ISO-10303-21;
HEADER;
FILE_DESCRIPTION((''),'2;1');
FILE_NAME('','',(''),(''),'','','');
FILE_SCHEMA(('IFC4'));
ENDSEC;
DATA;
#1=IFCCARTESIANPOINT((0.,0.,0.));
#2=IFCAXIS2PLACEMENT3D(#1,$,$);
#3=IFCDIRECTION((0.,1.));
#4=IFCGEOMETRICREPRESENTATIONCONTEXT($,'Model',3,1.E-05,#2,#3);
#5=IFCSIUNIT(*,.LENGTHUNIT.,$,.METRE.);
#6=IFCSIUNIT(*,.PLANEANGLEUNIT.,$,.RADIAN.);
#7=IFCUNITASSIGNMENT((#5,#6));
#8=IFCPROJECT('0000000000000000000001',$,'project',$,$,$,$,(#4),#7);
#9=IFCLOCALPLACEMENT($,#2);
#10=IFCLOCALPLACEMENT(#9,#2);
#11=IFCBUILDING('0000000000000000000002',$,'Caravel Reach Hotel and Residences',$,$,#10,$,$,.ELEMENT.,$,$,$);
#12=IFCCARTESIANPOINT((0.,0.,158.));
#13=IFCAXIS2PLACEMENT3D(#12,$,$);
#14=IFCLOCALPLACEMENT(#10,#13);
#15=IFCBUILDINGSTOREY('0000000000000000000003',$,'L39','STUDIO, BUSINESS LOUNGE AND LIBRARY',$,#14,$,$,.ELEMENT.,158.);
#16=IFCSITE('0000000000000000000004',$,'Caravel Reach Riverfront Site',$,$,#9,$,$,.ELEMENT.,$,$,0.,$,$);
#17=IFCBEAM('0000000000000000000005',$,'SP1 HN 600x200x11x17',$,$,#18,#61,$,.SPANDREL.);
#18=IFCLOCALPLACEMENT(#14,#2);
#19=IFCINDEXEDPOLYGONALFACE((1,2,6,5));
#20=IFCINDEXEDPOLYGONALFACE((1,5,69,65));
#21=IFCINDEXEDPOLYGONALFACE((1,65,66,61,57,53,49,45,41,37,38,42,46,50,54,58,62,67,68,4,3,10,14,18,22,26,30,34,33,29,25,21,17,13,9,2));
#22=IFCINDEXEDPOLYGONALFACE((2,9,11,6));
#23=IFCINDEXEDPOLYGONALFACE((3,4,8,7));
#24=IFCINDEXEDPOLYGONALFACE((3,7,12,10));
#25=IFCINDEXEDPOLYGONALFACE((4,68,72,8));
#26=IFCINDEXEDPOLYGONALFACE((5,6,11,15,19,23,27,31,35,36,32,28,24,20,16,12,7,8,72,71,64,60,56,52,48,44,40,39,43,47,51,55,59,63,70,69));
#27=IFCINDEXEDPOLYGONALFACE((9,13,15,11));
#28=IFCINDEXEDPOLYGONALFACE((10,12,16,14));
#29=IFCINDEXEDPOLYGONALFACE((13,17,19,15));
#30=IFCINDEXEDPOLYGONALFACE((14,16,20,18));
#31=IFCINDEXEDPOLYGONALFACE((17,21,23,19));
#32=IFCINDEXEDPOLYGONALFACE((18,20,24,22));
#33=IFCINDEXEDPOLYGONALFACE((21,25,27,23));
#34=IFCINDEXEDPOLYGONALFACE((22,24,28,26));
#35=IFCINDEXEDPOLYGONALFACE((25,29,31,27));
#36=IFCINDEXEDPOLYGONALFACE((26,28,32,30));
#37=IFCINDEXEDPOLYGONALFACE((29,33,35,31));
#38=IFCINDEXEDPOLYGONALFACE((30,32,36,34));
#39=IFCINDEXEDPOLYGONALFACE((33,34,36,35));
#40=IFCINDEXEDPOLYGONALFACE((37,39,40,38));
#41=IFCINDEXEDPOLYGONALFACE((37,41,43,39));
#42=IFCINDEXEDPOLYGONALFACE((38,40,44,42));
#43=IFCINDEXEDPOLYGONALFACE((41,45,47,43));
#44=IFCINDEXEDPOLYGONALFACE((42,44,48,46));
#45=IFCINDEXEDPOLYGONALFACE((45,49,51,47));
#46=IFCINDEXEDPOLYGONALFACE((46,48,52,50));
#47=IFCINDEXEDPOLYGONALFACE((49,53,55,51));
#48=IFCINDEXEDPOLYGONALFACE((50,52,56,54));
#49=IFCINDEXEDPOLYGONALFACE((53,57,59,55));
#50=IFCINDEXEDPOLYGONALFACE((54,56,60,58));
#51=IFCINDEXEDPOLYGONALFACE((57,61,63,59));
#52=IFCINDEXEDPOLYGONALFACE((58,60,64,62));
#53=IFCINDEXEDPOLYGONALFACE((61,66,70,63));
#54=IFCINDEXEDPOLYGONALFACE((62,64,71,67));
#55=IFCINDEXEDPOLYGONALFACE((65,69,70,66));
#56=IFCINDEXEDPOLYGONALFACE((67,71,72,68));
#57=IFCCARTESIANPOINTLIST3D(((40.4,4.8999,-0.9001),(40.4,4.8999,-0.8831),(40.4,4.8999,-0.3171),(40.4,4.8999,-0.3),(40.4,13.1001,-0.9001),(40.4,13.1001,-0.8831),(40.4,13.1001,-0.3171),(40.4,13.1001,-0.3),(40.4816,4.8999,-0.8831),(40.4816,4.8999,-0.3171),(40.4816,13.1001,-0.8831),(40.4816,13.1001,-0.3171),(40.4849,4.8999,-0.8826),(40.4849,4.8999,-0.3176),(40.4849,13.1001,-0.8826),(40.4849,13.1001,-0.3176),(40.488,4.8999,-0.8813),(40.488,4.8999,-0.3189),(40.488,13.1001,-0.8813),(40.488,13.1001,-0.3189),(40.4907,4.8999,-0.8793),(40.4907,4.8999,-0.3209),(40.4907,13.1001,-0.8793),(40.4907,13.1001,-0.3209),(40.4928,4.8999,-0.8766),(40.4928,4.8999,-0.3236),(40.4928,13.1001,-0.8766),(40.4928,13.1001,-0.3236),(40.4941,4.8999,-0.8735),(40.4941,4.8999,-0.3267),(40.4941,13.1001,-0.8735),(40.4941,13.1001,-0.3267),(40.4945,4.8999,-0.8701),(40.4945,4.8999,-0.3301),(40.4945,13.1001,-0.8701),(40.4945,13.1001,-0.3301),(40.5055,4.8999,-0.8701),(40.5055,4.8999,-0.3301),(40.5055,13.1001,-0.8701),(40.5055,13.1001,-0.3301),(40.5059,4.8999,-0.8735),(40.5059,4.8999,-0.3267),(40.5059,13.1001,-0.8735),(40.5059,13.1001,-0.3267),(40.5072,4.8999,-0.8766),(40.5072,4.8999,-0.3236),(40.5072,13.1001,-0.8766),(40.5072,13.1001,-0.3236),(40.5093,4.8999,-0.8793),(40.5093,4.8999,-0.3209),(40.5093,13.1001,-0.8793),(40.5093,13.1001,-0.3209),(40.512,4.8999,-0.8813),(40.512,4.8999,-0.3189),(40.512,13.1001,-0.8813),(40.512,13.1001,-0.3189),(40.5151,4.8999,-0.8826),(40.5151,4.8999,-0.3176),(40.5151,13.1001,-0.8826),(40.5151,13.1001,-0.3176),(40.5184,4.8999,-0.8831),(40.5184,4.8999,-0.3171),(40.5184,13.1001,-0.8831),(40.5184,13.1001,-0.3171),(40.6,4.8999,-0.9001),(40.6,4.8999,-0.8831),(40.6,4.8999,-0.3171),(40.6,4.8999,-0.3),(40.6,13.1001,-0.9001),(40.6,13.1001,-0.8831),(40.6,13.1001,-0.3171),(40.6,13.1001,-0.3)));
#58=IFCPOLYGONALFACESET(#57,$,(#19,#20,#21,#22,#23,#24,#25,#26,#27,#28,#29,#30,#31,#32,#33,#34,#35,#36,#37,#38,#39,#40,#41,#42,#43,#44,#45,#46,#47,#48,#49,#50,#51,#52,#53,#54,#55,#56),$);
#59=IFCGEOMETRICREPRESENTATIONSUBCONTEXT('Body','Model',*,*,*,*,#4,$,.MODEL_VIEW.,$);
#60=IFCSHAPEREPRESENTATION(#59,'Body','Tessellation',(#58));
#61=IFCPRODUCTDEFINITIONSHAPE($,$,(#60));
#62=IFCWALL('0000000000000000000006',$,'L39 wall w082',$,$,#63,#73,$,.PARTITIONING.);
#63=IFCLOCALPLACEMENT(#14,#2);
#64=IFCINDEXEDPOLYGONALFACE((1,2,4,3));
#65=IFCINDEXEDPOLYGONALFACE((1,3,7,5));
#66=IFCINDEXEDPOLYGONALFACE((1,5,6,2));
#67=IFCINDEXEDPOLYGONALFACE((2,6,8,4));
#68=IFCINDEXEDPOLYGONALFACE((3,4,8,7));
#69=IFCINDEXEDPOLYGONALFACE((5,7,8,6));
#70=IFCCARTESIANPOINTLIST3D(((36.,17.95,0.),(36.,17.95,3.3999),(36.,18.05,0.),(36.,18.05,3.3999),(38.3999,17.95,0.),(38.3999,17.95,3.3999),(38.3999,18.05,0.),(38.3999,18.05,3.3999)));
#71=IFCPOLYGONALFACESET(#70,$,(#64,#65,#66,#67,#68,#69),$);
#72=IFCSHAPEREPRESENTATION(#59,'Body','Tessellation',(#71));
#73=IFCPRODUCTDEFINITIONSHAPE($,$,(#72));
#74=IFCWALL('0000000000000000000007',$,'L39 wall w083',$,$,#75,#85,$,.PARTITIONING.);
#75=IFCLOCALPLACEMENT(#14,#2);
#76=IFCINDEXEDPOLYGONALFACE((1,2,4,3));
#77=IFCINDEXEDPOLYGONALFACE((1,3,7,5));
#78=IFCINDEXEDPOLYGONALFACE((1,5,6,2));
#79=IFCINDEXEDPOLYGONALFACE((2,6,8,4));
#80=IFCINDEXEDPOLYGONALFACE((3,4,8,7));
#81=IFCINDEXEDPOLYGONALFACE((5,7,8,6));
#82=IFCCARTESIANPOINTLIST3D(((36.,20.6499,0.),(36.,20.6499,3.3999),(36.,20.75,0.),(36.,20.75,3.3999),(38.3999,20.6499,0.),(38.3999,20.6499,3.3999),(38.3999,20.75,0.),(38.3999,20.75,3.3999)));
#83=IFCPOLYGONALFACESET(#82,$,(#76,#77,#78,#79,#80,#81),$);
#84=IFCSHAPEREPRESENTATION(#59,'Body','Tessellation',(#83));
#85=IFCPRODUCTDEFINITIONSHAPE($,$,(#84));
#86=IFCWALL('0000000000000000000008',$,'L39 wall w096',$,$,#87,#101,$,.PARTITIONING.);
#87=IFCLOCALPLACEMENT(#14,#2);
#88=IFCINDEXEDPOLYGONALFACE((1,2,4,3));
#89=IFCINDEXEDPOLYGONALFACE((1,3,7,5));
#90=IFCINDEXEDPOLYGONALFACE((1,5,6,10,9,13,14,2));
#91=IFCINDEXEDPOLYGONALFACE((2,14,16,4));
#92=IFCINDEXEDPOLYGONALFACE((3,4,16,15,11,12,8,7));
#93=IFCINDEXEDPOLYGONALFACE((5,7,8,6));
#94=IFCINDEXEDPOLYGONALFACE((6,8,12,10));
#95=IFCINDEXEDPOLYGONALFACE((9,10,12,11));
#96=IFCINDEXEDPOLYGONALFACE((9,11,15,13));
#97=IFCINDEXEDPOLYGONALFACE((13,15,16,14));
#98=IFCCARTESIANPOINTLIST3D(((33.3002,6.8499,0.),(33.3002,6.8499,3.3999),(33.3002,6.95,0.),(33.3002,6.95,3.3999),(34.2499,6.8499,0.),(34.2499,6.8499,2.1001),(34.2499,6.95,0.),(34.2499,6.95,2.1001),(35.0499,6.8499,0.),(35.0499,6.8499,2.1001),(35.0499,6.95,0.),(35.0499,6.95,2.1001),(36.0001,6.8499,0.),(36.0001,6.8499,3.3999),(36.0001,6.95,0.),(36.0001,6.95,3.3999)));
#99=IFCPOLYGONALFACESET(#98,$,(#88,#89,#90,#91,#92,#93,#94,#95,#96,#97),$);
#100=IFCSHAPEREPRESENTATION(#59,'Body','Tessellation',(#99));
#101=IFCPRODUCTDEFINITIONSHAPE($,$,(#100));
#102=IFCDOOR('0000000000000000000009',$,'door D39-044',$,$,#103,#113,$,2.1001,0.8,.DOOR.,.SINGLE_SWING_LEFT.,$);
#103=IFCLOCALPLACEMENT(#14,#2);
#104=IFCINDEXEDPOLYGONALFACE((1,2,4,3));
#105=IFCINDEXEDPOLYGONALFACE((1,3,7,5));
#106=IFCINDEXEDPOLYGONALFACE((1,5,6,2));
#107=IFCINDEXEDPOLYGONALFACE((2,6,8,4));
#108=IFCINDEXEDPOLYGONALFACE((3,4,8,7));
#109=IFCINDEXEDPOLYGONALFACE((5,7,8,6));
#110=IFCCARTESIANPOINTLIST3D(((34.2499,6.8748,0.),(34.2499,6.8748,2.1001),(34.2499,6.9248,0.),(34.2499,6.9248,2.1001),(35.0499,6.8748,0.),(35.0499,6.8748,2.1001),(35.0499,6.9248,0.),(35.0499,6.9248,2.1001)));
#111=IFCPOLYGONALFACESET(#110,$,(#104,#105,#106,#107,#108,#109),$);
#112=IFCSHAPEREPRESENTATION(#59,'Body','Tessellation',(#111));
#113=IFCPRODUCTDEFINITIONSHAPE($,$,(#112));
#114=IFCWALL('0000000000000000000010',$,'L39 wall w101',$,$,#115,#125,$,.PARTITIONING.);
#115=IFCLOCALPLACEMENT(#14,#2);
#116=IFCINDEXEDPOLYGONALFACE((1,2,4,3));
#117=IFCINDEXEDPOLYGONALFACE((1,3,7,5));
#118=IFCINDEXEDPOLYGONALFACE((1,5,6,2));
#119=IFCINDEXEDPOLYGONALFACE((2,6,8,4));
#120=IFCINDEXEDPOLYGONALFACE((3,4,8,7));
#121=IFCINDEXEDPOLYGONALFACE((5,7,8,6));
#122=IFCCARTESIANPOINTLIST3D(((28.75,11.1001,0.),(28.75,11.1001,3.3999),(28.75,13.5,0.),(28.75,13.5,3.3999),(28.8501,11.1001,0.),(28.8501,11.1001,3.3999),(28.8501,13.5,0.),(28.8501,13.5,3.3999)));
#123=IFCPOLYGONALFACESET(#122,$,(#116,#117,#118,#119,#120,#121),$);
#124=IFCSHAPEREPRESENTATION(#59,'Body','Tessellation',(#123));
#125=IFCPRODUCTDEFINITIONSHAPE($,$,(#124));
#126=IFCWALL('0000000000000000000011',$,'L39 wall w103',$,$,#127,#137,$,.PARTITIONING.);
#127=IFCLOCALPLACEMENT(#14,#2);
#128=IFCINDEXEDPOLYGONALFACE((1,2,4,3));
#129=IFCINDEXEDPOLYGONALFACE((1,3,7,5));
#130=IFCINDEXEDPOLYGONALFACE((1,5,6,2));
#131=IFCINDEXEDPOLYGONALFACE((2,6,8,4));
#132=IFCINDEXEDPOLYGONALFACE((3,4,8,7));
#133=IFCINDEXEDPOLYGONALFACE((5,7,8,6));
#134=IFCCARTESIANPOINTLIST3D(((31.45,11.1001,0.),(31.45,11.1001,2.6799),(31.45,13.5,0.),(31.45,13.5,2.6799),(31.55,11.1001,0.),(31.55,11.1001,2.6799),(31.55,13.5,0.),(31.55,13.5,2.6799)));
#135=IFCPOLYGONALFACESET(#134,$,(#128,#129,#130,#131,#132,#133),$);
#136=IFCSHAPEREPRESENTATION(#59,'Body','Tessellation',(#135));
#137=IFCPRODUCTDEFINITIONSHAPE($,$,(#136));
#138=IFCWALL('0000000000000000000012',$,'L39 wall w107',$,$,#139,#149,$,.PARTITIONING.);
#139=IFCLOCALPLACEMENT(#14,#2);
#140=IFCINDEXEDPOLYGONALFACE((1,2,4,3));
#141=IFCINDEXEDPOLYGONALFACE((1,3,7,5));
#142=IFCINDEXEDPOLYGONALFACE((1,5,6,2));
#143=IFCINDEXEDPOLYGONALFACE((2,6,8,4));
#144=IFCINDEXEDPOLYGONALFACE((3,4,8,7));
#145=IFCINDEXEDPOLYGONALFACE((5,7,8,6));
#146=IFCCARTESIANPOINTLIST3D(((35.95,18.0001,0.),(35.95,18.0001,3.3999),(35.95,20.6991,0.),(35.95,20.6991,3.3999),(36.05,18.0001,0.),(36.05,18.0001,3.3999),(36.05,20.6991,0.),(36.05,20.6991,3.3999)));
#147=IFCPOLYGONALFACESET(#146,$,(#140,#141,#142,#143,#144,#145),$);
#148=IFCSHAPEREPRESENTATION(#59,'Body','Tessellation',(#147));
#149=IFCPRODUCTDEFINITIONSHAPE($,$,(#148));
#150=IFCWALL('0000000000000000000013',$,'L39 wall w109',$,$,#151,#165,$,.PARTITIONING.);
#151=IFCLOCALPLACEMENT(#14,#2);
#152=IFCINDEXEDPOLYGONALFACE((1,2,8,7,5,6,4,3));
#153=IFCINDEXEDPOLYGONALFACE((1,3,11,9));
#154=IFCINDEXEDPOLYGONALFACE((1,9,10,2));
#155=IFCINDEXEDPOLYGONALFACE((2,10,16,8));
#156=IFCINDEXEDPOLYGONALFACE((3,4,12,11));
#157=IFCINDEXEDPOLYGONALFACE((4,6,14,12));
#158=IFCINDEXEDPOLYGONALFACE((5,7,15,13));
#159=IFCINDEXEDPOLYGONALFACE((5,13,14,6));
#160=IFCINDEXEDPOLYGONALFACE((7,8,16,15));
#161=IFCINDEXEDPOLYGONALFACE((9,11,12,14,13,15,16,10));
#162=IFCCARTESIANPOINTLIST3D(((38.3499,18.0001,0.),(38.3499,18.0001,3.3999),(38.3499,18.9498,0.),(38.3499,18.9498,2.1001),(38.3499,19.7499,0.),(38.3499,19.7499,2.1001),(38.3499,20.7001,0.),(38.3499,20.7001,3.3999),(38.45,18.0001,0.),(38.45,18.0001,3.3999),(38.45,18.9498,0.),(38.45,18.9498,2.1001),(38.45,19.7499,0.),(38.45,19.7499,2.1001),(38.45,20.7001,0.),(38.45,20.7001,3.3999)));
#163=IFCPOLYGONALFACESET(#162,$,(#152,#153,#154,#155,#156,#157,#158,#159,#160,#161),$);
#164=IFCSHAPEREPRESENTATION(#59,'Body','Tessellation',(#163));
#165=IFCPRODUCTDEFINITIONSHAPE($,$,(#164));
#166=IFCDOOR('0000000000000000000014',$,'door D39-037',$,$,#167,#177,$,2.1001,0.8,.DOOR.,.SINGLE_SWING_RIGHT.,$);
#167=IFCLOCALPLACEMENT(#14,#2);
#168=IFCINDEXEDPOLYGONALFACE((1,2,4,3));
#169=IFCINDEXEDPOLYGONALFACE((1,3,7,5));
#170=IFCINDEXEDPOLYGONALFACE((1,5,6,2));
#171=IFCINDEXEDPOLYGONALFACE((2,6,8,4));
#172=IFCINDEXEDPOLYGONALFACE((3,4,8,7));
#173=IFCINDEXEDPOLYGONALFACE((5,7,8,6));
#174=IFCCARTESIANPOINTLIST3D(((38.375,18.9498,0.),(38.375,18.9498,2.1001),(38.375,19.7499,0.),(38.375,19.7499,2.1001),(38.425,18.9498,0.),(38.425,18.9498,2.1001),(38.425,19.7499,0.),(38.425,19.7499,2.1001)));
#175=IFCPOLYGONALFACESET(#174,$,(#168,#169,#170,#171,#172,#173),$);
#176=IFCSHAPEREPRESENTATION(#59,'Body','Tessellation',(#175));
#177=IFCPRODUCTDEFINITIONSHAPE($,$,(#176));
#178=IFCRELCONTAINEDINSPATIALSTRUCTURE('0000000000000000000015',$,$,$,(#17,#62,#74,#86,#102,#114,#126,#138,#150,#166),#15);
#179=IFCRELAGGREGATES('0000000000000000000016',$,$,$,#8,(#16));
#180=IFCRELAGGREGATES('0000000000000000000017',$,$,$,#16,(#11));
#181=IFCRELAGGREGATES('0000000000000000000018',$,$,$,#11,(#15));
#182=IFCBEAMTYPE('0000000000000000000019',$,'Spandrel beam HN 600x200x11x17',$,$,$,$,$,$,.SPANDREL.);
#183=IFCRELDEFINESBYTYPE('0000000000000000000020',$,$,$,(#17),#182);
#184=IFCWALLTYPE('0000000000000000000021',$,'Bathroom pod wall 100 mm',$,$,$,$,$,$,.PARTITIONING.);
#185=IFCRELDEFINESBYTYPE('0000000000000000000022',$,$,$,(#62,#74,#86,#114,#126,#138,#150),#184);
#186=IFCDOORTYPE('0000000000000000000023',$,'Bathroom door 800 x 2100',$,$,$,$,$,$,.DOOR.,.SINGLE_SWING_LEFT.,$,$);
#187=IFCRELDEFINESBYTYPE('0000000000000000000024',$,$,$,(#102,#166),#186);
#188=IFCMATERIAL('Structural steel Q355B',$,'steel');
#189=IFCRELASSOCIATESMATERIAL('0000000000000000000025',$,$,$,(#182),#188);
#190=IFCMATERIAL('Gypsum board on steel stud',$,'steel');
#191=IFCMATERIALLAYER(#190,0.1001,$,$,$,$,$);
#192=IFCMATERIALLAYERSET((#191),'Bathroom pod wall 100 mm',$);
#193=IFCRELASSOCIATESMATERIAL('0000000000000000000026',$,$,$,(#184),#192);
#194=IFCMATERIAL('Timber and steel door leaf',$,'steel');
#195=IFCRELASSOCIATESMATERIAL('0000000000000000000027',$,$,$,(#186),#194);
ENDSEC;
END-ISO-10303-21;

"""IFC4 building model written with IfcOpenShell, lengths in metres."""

from ifc_helpers import new_model, si_unit, direction, frame, frame_2d, origin, origin_2d, place, context, subcontext, project, spatial, rectangle, i_section, extrude, material, layer, layer_set, material_profile, profile_set, type_object, element, fill, save


model = new_model("IFC4")

# Units and contexts
model_context = context("Model", 3, precision=1e-05, world=origin(), true_north=direction((0.0, 1.0)))
body_context = subcontext(model_context, "Body", "Model", "MODEL_VIEW")
ifc_project = project(units=[si_unit("LENGTHUNIT", "METRE"), si_unit("PLANEANGLEUNIT", "RADIAN")], contexts=[model_context])

# Site, building, storey
site_placement = place(None, origin())
site = spatial("IfcSite", under=ifc_project, at=site_placement, Name="Caravel Reach Riverfront Site", CompositionType="ELEMENT", RefElevation=0.0)
building_placement = place(site_placement, origin())
building = spatial("IfcBuilding", under=site, at=building_placement, Name="Caravel Reach Hotel and Residences", CompositionType="ELEMENT")
storey_placement = place(building_placement, frame((0.0, 0.0, 158.0)))
storey = spatial("IfcBuildingStorey", under=building, at=storey_placement, Name="L39", Description="STUDIO, BUSINESS LOUNGE AND LIBRARY", CompositionType="ELEMENT", Elevation=158.0)

# Beam
ifc_material_1 = material(Name="Structural steel Q355B", Category="steel")
ifc_material_profile_1 = material_profile(ifc_material_1, i_section(OverallWidth=0.2, OverallDepth=0.6001, WebThickness=0.011, FlangeThickness=0.0171, FilletRadius=0.0129, at=origin_2d()), Name="HN 600x200x11x17")
ifc_profile_set_1 = profile_set([ifc_material_profile_1], Name="Structural steel Q355B")
beam_type_1 = type_object("IfcBeamType", Name="Spandrel beam HN 600x200x11x17", PredefinedType="SPANDREL", material=ifc_profile_set_1)
beam_1_placement = place(storey_placement, frame((40.5, 4.8999, -0.6001), z_axis=(0.0, 1.0, 0.0), x_axis=(-1.0, 0.0, 0.0)))
element("IfcBeam", 1, at=beam_1_placement, inside=storey, type_object=beam_type_1, Name="SP1 HN 600x200x11x17", PredefinedType="SPANDREL", context=body_context, shape_type="SweptSolid", body=[
    extrude(i_section(OverallWidth=0.2, OverallDepth=0.6001, WebThickness=0.011, FlangeThickness=0.0171, FilletRadius=0.0129, at=origin_2d()), origin(), (0.0, 0.0, 1.0), 8.2002),
])

# Walls
ifc_material_2 = material(Name="Gypsum board on steel stud", Category="steel")
ifc_layer_1 = layer(ifc_material_2, 0.1001)
ifc_layer_set_1 = layer_set([ifc_layer_1], Name="Bathroom pod wall 100 mm")
wall_type_1 = type_object("IfcWallType", Name="Bathroom pod wall 100 mm", PredefinedType="PARTITIONING", material=ifc_layer_set_1)
for number, where, z_axis, x_axis, name in (
    (2, (36.0, 18.0, 0.0), (0.0, 0.0, 1.0), (1.0, 0.0, 0.0), "L39 wall w082"),
    (3, (36.0, 20.7, 0.0), (0.0, 0.0, 1.0), (1.0, 0.0, 0.0), "L39 wall w083"),
):
    element("IfcWall", number, at=place(storey_placement, frame(where, z_axis=z_axis, x_axis=x_axis)), inside=storey, type_object=wall_type_1, Name=name, PredefinedType="PARTITIONING", context=body_context, shape_type="SweptSolid", body=[
        extrude(rectangle(XDim=2.3999, YDim=0.1001, at=frame_2d((1.2, 0.0))), origin(), (0.0, 0.0, 1.0), 3.3999),
    ])

# Wall, opening, door
wall_1_placement = place(storey_placement, frame((33.3, 6.8999, 0.0), z_axis=(0.0, 0.0, 1.0), x_axis=(1.0, 0.0, 0.0)))
wall_1 = element("IfcWall", 4, at=wall_1_placement, inside=storey, type_object=wall_type_1, Name="L39 wall w096", PredefinedType="PARTITIONING", context=body_context, shape_type="SweptSolid", body=[
    extrude(rectangle(XDim=2.7, YDim=0.1001, at=frame_2d((1.3501, 0.0))), origin(), (0.0, 0.0, 1.0), 3.3999),
])
opening_1_placement = place(wall_1_placement, frame((0.95, 0.0, 0.0)))
opening_1 = element("IfcOpeningElement", 5, at=opening_1_placement, cuts=wall_1, PredefinedType="OPENING", context=body_context, shape_type="SweptSolid", body=[
    extrude(rectangle(XDim=0.8, YDim=2.1001, at=frame_2d((0.3999, 1.05))), frame((0.0, 0.0601, 0.0), z_axis=(0.0, -1.0, 0.0), x_axis=(1.0, 0.0, 0.0)), (0.0, 0.0, 1.0), 0.1201),
])
ifc_material_3 = material(Name="Timber and steel door leaf", Category="steel")
door_type_1 = type_object("IfcDoorType", Name="Bathroom door 800 x 2100", OperationType="SINGLE_SWING_LEFT", PredefinedType="DOOR", material=ifc_material_3)
door_1_placement = place(opening_1_placement, origin())
door_1 = element("IfcDoor", 6, at=door_1_placement, inside=storey, type_object=door_type_1, Name="door D39-044", OperationType="SINGLE_SWING_LEFT", OverallHeight=2.1001, OverallWidth=0.8, PredefinedType="DOOR", context=body_context, shape_type="SweptSolid", body=[
    extrude(rectangle(XDim=0.8, YDim=2.1001, at=frame_2d((0.3999, 1.05))), frame((0.0, 0.0249, 0.0), z_axis=(0.0, -1.0, 0.0), x_axis=(1.0, 0.0, 0.0)), (0.0, 0.0, 1.0), 0.05),
])
fill(opening_1, door_1)

# Walls
wall_2_placement = place(storey_placement, frame((28.8, 11.1001, 0.0), z_axis=(0.0, 0.0, 1.0), x_axis=(0.0, 1.0, 0.0)))
element("IfcWall", 7, at=wall_2_placement, inside=storey, type_object=wall_type_1, Name="L39 wall w101", PredefinedType="PARTITIONING", context=body_context, shape_type="SweptSolid", body=[
    extrude(rectangle(XDim=2.3999, YDim=0.1001, at=frame_2d((1.2, 0.0))), origin(), (0.0, 0.0, 1.0), 3.3999),
])
wall_3_placement = place(storey_placement, frame((31.5, 11.1001, 0.0), z_axis=(0.0, 0.0, 1.0), x_axis=(0.0, 1.0, 0.0)))
element("IfcWall", 8, at=wall_3_placement, inside=storey, type_object=wall_type_1, Name="L39 wall w103", PredefinedType="PARTITIONING", context=body_context, shape_type="SweptSolid", body=[
    extrude(rectangle(XDim=2.3999, YDim=0.1001, at=frame_2d((1.2, 0.0))), origin(), (0.0, 0.0, 1.0), 2.6799),
])
wall_4_placement = place(storey_placement, frame((36.0, 18.0, 0.0), z_axis=(0.0, 0.0, 1.0), x_axis=(0.0, 1.0, 0.0)))
element("IfcWall", 9, at=wall_4_placement, inside=storey, type_object=wall_type_1, Name="L39 wall w107", PredefinedType="PARTITIONING", context=body_context, shape_type="SweptSolid", body=[
    extrude(rectangle(XDim=2.699, YDim=0.1001, at=frame_2d((1.3496, 0.0))), origin(), (0.0, 0.0, 1.0), 3.3999),
])

# Wall, opening, door
wall_5_placement = place(storey_placement, frame((38.3999, 18.0, 0.0), z_axis=(0.0, 0.0, 1.0), x_axis=(0.0, 1.0, 0.0)))
wall_5 = element("IfcWall", 10, at=wall_5_placement, inside=storey, type_object=wall_type_1, Name="L39 wall w109", PredefinedType="PARTITIONING", context=body_context, shape_type="SweptSolid", body=[
    extrude(rectangle(XDim=2.7, YDim=0.1001, at=frame_2d((1.3501, 0.0))), origin(), (0.0, 0.0, 1.0), 3.3999),
])
opening_2_placement = place(wall_5_placement, frame((0.95, 0.0, 0.0)))
opening_2 = element("IfcOpeningElement", 11, at=opening_2_placement, cuts=wall_5, PredefinedType="OPENING", context=body_context, shape_type="SweptSolid", body=[
    extrude(rectangle(XDim=0.8, YDim=2.1001, at=frame_2d((0.3999, 1.05))), frame((0.0, 0.0601, 0.0), z_axis=(0.0, -1.0, 0.0), x_axis=(1.0, 0.0, 0.0)), (0.0, 0.0, 1.0), 0.1201),
])
door_2_placement = place(opening_2_placement, origin())
door_2 = element("IfcDoor", 12, at=door_2_placement, inside=storey, type_object=door_type_1, Name="door D39-037", OperationType="SINGLE_SWING_RIGHT", OverallHeight=2.1001, OverallWidth=0.8, PredefinedType="DOOR", context=body_context, shape_type="SweptSolid", body=[
    extrude(rectangle(XDim=0.8, YDim=2.1001, at=frame_2d((0.3999, 1.05))), frame((0.0, 0.0249, 0.0), z_axis=(0.0, -1.0, 0.0), x_axis=(1.0, 0.0, 0.0)), (0.0, 0.0, 1.0), 0.05),
])
fill(opening_2, door_2)

save(model, "model.ifc")
